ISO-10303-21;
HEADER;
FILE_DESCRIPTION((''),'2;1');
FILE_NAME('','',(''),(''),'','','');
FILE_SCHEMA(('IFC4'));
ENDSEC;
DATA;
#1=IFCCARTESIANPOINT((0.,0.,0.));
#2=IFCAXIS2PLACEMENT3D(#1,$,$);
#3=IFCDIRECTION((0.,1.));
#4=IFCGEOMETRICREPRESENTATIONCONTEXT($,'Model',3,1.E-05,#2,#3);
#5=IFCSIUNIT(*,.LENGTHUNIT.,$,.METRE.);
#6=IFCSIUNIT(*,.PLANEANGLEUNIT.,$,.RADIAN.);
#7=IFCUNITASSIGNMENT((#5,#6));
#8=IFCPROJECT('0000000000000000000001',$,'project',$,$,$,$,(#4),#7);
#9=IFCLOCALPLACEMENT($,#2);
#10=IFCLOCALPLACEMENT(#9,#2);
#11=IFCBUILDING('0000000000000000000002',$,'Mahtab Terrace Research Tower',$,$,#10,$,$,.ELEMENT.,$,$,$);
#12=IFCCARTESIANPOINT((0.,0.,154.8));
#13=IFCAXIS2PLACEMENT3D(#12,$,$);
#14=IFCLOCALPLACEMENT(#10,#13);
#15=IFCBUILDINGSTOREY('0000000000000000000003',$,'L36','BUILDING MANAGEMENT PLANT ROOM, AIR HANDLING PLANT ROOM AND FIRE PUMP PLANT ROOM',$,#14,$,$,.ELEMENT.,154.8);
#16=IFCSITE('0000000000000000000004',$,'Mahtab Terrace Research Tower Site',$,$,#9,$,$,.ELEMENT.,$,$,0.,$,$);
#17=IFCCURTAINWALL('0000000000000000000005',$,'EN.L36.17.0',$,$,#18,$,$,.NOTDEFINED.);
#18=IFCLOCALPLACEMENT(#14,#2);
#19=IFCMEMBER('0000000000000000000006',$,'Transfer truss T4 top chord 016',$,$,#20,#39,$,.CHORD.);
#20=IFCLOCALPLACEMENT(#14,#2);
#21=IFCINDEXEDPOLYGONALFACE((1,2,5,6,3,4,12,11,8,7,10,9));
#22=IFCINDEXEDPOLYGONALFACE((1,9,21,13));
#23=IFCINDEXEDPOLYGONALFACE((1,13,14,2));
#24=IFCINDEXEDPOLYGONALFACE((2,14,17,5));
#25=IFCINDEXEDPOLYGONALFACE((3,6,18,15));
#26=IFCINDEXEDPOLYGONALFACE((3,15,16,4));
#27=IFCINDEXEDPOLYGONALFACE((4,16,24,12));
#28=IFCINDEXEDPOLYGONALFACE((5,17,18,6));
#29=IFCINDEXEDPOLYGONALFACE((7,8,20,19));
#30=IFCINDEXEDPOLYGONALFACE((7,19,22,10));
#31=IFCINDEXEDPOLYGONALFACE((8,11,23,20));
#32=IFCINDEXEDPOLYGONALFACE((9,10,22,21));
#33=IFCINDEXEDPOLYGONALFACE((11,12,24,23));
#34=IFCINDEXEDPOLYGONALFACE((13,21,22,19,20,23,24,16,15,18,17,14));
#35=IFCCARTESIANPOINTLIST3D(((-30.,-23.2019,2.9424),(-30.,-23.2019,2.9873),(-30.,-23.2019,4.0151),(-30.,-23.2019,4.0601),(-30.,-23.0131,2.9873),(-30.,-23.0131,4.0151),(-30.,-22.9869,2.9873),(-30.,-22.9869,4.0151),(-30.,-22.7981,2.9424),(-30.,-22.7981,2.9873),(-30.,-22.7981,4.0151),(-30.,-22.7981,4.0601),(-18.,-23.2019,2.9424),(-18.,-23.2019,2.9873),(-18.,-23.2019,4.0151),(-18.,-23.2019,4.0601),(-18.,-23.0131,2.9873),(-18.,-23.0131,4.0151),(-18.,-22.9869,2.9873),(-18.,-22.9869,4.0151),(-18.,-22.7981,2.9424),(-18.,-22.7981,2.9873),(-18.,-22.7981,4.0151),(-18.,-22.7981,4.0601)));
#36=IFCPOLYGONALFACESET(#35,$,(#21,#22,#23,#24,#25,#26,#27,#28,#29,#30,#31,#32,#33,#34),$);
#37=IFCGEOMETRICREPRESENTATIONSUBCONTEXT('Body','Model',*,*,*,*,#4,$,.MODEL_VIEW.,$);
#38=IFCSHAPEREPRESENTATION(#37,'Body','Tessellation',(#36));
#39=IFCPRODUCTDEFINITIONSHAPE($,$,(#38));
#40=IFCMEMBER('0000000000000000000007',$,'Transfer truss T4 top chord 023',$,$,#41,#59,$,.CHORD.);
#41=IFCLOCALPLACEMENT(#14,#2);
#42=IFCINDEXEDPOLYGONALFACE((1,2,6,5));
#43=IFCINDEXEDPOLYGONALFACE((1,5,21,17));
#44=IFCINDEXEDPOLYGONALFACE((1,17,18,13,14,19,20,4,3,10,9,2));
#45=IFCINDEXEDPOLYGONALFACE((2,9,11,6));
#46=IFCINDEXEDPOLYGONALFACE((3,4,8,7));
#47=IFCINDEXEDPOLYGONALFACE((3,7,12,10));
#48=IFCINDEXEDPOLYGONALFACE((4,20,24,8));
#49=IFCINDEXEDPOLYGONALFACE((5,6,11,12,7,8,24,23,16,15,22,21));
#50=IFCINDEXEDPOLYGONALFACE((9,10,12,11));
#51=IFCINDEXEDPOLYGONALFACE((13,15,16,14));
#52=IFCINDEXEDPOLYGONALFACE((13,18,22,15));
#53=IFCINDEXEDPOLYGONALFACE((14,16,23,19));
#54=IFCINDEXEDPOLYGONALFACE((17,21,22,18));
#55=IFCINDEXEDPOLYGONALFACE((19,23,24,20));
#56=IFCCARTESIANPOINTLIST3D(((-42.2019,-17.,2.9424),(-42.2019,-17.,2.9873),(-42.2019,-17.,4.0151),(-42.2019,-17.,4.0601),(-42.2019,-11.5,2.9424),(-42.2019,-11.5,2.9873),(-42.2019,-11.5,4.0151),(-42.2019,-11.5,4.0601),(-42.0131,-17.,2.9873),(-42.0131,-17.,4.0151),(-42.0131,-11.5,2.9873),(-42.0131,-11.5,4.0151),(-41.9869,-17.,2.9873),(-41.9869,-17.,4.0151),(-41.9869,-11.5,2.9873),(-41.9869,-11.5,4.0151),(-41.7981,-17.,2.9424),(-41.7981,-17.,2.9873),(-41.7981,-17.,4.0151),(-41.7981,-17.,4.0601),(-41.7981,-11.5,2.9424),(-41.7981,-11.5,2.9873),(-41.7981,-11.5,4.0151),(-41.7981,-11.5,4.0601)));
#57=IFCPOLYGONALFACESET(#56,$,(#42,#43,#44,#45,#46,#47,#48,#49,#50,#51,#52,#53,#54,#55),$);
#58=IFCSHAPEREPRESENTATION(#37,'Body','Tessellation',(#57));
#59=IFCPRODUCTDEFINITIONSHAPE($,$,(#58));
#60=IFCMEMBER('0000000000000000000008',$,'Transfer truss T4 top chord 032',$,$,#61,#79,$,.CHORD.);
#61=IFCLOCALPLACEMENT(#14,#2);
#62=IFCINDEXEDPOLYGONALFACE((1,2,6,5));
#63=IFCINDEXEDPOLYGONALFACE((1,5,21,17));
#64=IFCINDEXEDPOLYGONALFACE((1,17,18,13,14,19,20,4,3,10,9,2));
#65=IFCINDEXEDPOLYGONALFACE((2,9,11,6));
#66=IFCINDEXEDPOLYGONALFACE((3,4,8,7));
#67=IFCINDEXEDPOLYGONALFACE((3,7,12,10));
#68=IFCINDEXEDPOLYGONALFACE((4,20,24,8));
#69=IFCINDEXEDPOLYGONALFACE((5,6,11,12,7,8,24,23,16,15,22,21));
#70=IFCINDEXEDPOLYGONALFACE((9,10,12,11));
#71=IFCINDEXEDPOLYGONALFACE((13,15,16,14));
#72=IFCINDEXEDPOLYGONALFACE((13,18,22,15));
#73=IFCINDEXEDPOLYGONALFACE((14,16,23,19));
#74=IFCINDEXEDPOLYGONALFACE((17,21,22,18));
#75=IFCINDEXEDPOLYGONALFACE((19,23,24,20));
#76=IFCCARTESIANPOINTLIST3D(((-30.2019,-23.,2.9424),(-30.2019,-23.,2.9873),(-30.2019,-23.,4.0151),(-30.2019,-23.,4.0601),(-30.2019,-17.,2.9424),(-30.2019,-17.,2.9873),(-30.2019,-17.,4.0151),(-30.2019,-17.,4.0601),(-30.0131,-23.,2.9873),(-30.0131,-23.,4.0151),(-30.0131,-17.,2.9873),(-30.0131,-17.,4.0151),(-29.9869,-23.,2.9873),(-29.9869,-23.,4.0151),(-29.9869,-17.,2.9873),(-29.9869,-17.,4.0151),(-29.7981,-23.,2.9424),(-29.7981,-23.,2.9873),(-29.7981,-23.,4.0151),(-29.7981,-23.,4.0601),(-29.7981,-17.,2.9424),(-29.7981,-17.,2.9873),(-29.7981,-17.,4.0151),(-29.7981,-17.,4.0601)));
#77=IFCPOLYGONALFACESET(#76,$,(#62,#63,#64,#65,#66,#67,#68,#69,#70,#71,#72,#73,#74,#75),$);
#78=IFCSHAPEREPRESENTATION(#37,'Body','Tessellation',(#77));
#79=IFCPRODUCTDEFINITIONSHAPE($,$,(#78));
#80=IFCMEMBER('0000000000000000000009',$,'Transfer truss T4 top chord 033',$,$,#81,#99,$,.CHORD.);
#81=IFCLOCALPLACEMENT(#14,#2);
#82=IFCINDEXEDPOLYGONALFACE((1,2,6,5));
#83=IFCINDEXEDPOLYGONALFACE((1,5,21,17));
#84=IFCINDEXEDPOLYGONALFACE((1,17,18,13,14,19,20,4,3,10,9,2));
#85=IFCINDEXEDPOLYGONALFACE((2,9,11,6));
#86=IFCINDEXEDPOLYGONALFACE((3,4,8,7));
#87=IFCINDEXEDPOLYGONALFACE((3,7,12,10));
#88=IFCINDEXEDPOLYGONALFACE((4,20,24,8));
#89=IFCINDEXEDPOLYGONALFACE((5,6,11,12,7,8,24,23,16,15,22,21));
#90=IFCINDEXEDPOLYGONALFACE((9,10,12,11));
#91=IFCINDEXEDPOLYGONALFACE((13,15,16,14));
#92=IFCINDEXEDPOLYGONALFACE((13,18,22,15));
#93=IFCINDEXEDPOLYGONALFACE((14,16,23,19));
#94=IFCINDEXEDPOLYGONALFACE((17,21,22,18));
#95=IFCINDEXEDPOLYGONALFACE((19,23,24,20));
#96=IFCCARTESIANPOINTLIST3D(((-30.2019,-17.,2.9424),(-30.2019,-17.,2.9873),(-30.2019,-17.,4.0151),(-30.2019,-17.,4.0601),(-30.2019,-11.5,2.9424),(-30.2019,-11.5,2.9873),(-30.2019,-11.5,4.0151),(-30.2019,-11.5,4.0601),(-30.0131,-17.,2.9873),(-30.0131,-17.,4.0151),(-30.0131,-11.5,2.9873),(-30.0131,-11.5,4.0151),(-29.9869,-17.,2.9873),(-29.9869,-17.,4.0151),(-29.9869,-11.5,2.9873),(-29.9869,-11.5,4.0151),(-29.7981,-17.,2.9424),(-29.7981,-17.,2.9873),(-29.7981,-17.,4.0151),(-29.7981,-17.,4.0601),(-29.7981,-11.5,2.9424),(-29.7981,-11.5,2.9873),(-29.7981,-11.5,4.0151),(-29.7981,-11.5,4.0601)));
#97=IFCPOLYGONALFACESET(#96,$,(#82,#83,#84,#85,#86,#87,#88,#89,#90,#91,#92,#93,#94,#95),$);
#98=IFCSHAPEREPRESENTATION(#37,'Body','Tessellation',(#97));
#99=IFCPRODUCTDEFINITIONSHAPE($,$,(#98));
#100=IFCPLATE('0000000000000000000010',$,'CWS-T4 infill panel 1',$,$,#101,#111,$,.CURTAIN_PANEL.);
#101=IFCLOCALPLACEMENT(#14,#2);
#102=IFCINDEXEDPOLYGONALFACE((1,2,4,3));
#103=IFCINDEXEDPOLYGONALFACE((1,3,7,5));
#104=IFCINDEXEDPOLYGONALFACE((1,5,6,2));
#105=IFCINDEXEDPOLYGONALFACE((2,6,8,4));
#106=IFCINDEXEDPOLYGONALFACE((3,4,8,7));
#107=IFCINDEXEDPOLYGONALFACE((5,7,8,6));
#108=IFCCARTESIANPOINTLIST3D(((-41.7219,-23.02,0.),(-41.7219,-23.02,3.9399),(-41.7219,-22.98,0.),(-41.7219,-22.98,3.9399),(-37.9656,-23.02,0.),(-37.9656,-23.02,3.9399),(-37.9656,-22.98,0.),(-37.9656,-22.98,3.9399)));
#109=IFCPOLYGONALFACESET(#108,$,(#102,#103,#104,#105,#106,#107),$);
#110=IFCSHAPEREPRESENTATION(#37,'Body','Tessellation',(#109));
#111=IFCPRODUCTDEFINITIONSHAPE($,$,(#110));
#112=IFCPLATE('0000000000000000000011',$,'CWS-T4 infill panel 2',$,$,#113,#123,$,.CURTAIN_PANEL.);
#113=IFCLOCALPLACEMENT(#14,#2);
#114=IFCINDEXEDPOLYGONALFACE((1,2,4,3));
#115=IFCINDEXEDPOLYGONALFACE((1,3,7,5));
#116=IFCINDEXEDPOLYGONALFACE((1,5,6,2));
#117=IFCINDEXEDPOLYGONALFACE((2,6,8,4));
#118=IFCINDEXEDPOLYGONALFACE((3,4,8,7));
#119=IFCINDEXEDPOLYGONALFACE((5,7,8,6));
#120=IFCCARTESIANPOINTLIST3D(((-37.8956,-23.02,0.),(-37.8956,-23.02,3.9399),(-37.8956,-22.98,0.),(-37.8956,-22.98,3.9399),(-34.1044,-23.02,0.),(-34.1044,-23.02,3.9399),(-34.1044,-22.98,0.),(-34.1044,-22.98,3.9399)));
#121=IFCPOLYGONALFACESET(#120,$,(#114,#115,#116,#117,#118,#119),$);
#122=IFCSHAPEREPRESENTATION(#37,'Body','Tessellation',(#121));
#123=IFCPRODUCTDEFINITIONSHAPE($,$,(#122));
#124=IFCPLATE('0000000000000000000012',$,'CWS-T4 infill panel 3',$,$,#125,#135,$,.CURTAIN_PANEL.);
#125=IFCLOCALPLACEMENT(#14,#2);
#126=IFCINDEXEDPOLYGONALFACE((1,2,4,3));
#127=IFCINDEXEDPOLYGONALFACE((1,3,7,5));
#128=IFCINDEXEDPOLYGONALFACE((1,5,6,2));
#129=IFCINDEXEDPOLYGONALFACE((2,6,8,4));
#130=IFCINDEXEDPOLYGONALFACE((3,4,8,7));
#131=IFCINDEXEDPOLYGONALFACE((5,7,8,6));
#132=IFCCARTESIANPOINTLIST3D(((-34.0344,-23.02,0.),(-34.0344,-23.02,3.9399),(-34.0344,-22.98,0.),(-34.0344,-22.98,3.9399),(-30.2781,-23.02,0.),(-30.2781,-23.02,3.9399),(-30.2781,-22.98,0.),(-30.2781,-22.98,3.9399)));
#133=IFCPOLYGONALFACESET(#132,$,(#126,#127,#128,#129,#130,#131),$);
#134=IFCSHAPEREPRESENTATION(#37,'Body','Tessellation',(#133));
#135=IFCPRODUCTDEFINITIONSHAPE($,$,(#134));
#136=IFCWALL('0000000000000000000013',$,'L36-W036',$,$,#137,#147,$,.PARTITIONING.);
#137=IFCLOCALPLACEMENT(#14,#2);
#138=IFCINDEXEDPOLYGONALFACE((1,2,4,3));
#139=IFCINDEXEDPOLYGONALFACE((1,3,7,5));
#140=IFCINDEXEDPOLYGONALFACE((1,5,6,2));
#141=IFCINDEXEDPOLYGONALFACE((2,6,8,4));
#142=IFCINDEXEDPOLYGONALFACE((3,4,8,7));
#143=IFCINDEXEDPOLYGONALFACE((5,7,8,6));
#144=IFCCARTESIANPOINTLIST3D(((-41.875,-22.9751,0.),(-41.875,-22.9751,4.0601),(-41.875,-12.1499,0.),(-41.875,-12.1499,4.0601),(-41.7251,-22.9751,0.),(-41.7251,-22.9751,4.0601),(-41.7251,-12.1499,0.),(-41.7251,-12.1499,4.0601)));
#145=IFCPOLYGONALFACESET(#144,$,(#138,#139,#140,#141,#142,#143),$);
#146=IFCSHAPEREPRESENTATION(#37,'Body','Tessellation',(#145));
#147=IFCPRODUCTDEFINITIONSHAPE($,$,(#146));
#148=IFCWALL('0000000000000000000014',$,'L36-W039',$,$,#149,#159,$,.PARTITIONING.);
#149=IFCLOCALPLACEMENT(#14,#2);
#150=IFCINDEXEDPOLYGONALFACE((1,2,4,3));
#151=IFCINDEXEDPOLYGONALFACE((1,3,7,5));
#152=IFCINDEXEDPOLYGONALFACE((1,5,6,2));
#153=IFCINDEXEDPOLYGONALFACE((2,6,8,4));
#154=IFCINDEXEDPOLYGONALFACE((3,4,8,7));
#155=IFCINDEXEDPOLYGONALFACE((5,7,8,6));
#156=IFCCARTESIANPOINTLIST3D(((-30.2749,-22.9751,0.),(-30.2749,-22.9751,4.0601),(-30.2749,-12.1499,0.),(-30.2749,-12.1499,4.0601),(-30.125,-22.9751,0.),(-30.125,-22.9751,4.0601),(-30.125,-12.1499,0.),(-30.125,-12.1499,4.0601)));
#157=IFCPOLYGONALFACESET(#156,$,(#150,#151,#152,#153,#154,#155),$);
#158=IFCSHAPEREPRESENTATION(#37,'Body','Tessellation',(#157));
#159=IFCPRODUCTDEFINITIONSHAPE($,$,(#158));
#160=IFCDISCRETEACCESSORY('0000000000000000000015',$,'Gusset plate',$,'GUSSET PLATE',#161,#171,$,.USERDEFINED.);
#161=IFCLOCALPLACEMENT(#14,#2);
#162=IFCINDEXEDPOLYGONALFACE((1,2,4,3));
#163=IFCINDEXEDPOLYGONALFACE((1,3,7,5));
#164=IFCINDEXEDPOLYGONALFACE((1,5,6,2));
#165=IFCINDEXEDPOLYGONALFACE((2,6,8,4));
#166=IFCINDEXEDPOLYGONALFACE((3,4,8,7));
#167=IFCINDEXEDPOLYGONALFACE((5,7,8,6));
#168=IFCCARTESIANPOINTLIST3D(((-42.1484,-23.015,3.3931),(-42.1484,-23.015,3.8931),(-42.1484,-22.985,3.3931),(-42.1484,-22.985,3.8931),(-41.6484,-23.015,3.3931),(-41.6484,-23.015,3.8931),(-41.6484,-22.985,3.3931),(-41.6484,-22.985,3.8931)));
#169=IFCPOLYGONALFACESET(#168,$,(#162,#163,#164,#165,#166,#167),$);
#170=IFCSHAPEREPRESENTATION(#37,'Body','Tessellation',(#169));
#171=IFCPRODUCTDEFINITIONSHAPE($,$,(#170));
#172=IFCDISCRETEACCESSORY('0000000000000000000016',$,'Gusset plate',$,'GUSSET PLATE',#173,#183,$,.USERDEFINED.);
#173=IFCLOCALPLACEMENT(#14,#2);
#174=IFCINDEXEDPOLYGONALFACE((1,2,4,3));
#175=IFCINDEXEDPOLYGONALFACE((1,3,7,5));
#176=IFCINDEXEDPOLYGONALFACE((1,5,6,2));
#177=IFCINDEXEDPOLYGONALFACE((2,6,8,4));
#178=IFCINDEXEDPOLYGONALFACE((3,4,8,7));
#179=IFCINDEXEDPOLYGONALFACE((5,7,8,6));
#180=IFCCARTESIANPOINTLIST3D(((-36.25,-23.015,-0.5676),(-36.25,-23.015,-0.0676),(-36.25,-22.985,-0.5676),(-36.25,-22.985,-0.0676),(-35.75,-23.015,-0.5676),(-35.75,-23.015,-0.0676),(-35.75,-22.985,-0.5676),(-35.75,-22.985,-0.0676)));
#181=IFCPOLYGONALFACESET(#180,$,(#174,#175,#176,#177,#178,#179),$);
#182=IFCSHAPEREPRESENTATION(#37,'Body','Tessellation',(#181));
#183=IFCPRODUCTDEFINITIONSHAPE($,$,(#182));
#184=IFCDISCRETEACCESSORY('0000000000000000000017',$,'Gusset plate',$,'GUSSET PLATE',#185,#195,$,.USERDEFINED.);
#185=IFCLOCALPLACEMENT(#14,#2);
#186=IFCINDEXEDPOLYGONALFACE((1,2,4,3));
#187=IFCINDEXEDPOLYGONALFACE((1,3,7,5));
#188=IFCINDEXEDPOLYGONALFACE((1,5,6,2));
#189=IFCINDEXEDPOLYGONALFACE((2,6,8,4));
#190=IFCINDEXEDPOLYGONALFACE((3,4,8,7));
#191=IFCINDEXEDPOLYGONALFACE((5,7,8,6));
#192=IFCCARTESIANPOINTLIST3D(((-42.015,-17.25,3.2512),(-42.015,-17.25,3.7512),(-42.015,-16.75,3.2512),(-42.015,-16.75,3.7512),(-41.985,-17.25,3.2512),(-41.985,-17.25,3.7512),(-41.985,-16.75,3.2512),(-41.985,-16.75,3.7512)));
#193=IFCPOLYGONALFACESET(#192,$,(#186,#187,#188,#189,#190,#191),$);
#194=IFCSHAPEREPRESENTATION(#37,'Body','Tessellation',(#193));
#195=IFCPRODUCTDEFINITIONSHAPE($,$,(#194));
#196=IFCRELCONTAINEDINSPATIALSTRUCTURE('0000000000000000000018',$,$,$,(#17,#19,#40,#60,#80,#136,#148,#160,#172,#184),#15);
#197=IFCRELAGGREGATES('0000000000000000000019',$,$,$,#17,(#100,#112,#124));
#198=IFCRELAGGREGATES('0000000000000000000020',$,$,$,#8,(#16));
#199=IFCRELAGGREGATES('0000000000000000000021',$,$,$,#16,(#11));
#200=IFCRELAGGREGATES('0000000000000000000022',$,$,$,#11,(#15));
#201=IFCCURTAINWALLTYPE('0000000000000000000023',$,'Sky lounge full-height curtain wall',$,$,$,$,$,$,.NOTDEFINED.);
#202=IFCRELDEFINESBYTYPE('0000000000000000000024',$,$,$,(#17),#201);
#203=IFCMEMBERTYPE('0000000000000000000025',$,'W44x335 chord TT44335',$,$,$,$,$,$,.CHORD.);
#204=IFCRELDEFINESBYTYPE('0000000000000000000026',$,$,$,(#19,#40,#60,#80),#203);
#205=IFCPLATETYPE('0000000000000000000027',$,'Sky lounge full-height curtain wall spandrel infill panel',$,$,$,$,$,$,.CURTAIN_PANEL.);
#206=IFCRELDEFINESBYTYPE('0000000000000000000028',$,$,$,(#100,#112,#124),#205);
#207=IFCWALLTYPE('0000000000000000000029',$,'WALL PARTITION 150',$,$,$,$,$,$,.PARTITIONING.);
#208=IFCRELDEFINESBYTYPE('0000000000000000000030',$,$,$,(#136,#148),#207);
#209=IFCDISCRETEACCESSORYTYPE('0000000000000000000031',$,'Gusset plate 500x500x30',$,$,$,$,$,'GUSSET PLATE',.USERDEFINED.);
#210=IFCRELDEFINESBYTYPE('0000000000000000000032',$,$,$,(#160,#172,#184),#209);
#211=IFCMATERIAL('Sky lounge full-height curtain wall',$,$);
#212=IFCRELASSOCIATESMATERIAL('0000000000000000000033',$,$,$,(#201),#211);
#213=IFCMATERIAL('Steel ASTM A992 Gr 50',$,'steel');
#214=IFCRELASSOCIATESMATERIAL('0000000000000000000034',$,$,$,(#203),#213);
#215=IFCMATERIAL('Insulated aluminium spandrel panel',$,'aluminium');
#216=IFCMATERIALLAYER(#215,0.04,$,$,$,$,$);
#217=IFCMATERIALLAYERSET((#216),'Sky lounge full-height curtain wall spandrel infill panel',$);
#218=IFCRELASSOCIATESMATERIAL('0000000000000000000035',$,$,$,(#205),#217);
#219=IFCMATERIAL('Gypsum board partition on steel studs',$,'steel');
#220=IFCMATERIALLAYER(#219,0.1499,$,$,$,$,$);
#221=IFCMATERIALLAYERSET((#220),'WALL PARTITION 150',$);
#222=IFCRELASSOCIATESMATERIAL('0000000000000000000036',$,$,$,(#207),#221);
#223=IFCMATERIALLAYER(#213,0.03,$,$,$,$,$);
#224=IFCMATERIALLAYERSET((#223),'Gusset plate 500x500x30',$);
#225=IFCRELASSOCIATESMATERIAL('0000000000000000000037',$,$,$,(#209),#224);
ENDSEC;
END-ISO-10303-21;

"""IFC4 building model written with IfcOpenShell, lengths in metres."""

from ifc_helpers import new_model, si_unit, direction, frame, frame_2d, origin, origin_2d, place, context, subcontext, project, spatial, rectangle, i_section, extrude, material, layer, layer_set, material_profile, profile_set, type_object, element, aggregate, save


model = new_model("IFC4")

# Units and contexts
model_context = context("Model", 3, precision=1e-05, world=origin(), true_north=direction((0.0, 1.0)))
body_context = subcontext(model_context, "Body", "Model", "MODEL_VIEW")
ifc_project = project(units=[si_unit("LENGTHUNIT", "METRE"), si_unit("PLANEANGLEUNIT", "RADIAN")], contexts=[model_context])

# Site, building, storey
site_placement = place(None, origin())
site = spatial("IfcSite", under=ifc_project, at=site_placement, Name="Mahtab Terrace Research Tower Site", CompositionType="ELEMENT", RefElevation=0.0)
building_placement = place(site_placement, origin())
building = spatial("IfcBuilding", under=site, at=building_placement, Name="Mahtab Terrace Research Tower", CompositionType="ELEMENT")
storey_placement = place(building_placement, frame((0.0, 0.0, 154.8)))
storey = spatial("IfcBuildingStorey", under=building, at=storey_placement, Name="L36", Description="BUILDING MANAGEMENT PLANT ROOM, AIR HANDLING PLANT ROOM AND FIRE PUMP PLANT ROOM", CompositionType="ELEMENT", Elevation=154.8)

# Shared definitions
ifc_material_1 = material(Name="Steel ASTM A992 Gr 50", Category="steel")

# Curtain wall
ifc_material_2 = material(Name="Sky lounge full-height curtain wall")
curtain_wall_type = type_object("IfcCurtainWallType", Name="Sky lounge full-height curtain wall", PredefinedType="NOTDEFINED", material=ifc_material_2)
curtain_wall_placement = place(storey_placement, origin())
curtain_wall = element("IfcCurtainWall", 1, at=curtain_wall_placement, inside=storey, type_object=curtain_wall_type, Name="EN.L36.17.0", PredefinedType="NOTDEFINED")

# Members
ifc_material_profile_1 = material_profile(ifc_material_1, i_section(OverallWidth=0.4038, OverallDepth=1.1177, WebThickness=0.0261, FlangeThickness=0.0449, at=origin_2d()), Name="W44X335")
ifc_profile_set_1 = profile_set([ifc_material_profile_1], Name="Steel ASTM A992 Gr 50")
member_type_1 = type_object("IfcMemberType", Name="W44x335 chord TT44335", PredefinedType="CHORD", material=ifc_profile_set_1)
member_1_placement = place(storey_placement, frame((-30.0, -23.0, 3.5012), z_axis=(1.0, 0.0, 0.0), x_axis=(0.0, 1.0, 0.0)))
element("IfcMember", 2, at=member_1_placement, inside=storey, type_object=member_type_1, Name="Transfer truss T4 top chord 016", PredefinedType="CHORD", context=body_context, shape_type="SweptSolid", body=[
    extrude(i_section(OverallWidth=0.4038, OverallDepth=1.1177, WebThickness=0.0261, FlangeThickness=0.0449, at=origin_2d()), origin(), (0.0, 0.0, 1.0), 12.0),
])
member_2_placement = place(storey_placement, frame((-42.0, -17.0, 3.5012), z_axis=(0.0, 1.0, 0.0), x_axis=(-1.0, 0.0, 0.0)))
element("IfcMember", 3, at=member_2_placement, inside=storey, type_object=member_type_1, Name="Transfer truss T4 top chord 023", PredefinedType="CHORD", context=body_context, shape_type="SweptSolid", body=[
    extrude(i_section(OverallWidth=0.4038, OverallDepth=1.1177, WebThickness=0.0261, FlangeThickness=0.0449, at=origin_2d()), origin(), (0.0, 0.0, 1.0), 5.5),
])
member_3_placement = place(storey_placement, frame((-30.0, -23.0, 3.5012), z_axis=(0.0, 1.0, 0.0), x_axis=(-1.0, 0.0, 0.0)))
element("IfcMember", 4, at=member_3_placement, inside=storey, type_object=member_type_1, Name="Transfer truss T4 top chord 032", PredefinedType="CHORD", context=body_context, shape_type="SweptSolid", body=[
    extrude(i_section(OverallWidth=0.4038, OverallDepth=1.1177, WebThickness=0.0261, FlangeThickness=0.0449, at=origin_2d()), origin(), (0.0, 0.0, 1.0), 6.0),
])
member_4_placement = place(storey_placement, frame((-30.0, -17.0, 3.5012), z_axis=(0.0, 1.0, 0.0), x_axis=(-1.0, 0.0, 0.0)))
element("IfcMember", 5, at=member_4_placement, inside=storey, type_object=member_type_1, Name="Transfer truss T4 top chord 033", PredefinedType="CHORD", context=body_context, shape_type="SweptSolid", body=[
    extrude(i_section(OverallWidth=0.4038, OverallDepth=1.1177, WebThickness=0.0261, FlangeThickness=0.0449, at=origin_2d()), origin(), (0.0, 0.0, 1.0), 5.5),
])

# Plates
ifc_material_3 = material(Name="Insulated aluminium spandrel panel", Category="aluminium")
ifc_layer_1 = layer(ifc_material_3, 0.04)
ifc_layer_set_1 = layer_set([ifc_layer_1], Name="Sky lounge full-height curtain wall spandrel infill panel")
plate_type = type_object("IfcPlateType", Name="Sky lounge full-height curtain wall spandrel infill panel", PredefinedType="CURTAIN_PANEL", material=ifc_layer_set_1)
plate_1_placement = place(storey_placement, frame((-39.8438, -23.0, 0.0), z_axis=(0.0, 0.0, 1.0), x_axis=(1.0, 0.0, 0.0)))
plate_1 = element("IfcPlate", 6, at=plate_1_placement, type_object=plate_type, Name="CWS-T4 infill panel 1", PredefinedType="CURTAIN_PANEL", context=body_context, shape_type="SweptSolid", body=[
    extrude(rectangle(XDim=3.7563, YDim=0.04, at=origin_2d()), origin(), (0.0, 0.0, 1.0), 3.9399),
])
plate_2_placement = place(storey_placement, frame((-36.0, -23.0, 0.0), z_axis=(0.0, 0.0, 1.0), x_axis=(1.0, 0.0, 0.0)))
plate_2 = element("IfcPlate", 7, at=plate_2_placement, type_object=plate_type, Name="CWS-T4 infill panel 2", PredefinedType="CURTAIN_PANEL", context=body_context, shape_type="SweptSolid", body=[
    extrude(rectangle(XDim=3.7913, YDim=0.04, at=origin_2d()), origin(), (0.0, 0.0, 1.0), 3.9399),
])
plate_3_placement = place(storey_placement, frame((-32.1562, -23.0, 0.0), z_axis=(0.0, 0.0, 1.0), x_axis=(1.0, 0.0, 0.0)))
plate_3 = element("IfcPlate", 8, at=plate_3_placement, type_object=plate_type, Name="CWS-T4 infill panel 3", PredefinedType="CURTAIN_PANEL", context=body_context, shape_type="SweptSolid", body=[
    extrude(rectangle(XDim=3.7563, YDim=0.04, at=origin_2d()), origin(), (0.0, 0.0, 1.0), 3.9399),
])
aggregate(curtain_wall, [plate_1, plate_2, plate_3])

# Walls
ifc_material_4 = material(Name="Gypsum board partition on steel studs", Category="steel")
ifc_layer_2 = layer(ifc_material_4, 0.1499)
ifc_layer_set_2 = layer_set([ifc_layer_2], Name="WALL PARTITION 150")
wall_type = type_object("IfcWallType", Name="WALL PARTITION 150", PredefinedType="PARTITIONING", material=ifc_layer_set_2)
for number, where, z_axis, x_axis, name in (
    (9, (-41.8, -22.9751, 0.0), (0.0, 0.0, 1.0), (0.0, 1.0, 0.0), "L36-W036"),
    (10, (-30.2, -22.9751, 0.0), (0.0, 0.0, 1.0), (0.0, 1.0, 0.0), "L36-W039"),
):
    element("IfcWall", number, at=place(storey_placement, frame(where, z_axis=z_axis, x_axis=x_axis)), inside=storey, type_object=wall_type, Name=name, PredefinedType="PARTITIONING", context=body_context, shape_type="SweptSolid", body=[
        extrude(rectangle(XDim=10.8252, YDim=0.1499, at=frame_2d((5.4126, 0.0))), origin(), (0.0, 0.0, 1.0), 4.0601),
    ])

# Discrete accessories
ifc_layer_3 = layer(ifc_material_1, 0.03)
ifc_layer_set_3 = layer_set([ifc_layer_3], Name="Gusset plate 500x500x30")
discrete_accessory_type = type_object("IfcDiscreteAccessoryType", Name="Gusset plate 500x500x30", ElementType="GUSSET PLATE", PredefinedType="USERDEFINED", material=ifc_layer_set_3)
for number, where, z_axis, x_axis, name in (
    (11, (-41.8984, -23.0, 3.3931), (0.0, 0.0, 1.0), (1.0, 0.0, 0.0), "Gusset plate"),
    (12, (-36.0, -23.0, -0.5676), (0.0, 0.0, 1.0), (1.0, 0.0, 0.0), "Gusset plate"),
    (13, (-42.0, -17.0, 3.2512), (0.0, 0.0, 1.0), (0.0, 1.0, 0.0), "Gusset plate"),
):
    element("IfcDiscreteAccessory", number, at=place(storey_placement, frame(where, z_axis=z_axis, x_axis=x_axis)), inside=storey, type_object=discrete_accessory_type, Name=name, ObjectType="GUSSET PLATE", PredefinedType="USERDEFINED", context=body_context, shape_type="SweptSolid", body=[
        extrude(rectangle(XDim=0.5, YDim=0.03, at=origin_2d()), origin(), (0.0, 0.0, 1.0), 0.5),
    ])

save(model, "model.ifc")
